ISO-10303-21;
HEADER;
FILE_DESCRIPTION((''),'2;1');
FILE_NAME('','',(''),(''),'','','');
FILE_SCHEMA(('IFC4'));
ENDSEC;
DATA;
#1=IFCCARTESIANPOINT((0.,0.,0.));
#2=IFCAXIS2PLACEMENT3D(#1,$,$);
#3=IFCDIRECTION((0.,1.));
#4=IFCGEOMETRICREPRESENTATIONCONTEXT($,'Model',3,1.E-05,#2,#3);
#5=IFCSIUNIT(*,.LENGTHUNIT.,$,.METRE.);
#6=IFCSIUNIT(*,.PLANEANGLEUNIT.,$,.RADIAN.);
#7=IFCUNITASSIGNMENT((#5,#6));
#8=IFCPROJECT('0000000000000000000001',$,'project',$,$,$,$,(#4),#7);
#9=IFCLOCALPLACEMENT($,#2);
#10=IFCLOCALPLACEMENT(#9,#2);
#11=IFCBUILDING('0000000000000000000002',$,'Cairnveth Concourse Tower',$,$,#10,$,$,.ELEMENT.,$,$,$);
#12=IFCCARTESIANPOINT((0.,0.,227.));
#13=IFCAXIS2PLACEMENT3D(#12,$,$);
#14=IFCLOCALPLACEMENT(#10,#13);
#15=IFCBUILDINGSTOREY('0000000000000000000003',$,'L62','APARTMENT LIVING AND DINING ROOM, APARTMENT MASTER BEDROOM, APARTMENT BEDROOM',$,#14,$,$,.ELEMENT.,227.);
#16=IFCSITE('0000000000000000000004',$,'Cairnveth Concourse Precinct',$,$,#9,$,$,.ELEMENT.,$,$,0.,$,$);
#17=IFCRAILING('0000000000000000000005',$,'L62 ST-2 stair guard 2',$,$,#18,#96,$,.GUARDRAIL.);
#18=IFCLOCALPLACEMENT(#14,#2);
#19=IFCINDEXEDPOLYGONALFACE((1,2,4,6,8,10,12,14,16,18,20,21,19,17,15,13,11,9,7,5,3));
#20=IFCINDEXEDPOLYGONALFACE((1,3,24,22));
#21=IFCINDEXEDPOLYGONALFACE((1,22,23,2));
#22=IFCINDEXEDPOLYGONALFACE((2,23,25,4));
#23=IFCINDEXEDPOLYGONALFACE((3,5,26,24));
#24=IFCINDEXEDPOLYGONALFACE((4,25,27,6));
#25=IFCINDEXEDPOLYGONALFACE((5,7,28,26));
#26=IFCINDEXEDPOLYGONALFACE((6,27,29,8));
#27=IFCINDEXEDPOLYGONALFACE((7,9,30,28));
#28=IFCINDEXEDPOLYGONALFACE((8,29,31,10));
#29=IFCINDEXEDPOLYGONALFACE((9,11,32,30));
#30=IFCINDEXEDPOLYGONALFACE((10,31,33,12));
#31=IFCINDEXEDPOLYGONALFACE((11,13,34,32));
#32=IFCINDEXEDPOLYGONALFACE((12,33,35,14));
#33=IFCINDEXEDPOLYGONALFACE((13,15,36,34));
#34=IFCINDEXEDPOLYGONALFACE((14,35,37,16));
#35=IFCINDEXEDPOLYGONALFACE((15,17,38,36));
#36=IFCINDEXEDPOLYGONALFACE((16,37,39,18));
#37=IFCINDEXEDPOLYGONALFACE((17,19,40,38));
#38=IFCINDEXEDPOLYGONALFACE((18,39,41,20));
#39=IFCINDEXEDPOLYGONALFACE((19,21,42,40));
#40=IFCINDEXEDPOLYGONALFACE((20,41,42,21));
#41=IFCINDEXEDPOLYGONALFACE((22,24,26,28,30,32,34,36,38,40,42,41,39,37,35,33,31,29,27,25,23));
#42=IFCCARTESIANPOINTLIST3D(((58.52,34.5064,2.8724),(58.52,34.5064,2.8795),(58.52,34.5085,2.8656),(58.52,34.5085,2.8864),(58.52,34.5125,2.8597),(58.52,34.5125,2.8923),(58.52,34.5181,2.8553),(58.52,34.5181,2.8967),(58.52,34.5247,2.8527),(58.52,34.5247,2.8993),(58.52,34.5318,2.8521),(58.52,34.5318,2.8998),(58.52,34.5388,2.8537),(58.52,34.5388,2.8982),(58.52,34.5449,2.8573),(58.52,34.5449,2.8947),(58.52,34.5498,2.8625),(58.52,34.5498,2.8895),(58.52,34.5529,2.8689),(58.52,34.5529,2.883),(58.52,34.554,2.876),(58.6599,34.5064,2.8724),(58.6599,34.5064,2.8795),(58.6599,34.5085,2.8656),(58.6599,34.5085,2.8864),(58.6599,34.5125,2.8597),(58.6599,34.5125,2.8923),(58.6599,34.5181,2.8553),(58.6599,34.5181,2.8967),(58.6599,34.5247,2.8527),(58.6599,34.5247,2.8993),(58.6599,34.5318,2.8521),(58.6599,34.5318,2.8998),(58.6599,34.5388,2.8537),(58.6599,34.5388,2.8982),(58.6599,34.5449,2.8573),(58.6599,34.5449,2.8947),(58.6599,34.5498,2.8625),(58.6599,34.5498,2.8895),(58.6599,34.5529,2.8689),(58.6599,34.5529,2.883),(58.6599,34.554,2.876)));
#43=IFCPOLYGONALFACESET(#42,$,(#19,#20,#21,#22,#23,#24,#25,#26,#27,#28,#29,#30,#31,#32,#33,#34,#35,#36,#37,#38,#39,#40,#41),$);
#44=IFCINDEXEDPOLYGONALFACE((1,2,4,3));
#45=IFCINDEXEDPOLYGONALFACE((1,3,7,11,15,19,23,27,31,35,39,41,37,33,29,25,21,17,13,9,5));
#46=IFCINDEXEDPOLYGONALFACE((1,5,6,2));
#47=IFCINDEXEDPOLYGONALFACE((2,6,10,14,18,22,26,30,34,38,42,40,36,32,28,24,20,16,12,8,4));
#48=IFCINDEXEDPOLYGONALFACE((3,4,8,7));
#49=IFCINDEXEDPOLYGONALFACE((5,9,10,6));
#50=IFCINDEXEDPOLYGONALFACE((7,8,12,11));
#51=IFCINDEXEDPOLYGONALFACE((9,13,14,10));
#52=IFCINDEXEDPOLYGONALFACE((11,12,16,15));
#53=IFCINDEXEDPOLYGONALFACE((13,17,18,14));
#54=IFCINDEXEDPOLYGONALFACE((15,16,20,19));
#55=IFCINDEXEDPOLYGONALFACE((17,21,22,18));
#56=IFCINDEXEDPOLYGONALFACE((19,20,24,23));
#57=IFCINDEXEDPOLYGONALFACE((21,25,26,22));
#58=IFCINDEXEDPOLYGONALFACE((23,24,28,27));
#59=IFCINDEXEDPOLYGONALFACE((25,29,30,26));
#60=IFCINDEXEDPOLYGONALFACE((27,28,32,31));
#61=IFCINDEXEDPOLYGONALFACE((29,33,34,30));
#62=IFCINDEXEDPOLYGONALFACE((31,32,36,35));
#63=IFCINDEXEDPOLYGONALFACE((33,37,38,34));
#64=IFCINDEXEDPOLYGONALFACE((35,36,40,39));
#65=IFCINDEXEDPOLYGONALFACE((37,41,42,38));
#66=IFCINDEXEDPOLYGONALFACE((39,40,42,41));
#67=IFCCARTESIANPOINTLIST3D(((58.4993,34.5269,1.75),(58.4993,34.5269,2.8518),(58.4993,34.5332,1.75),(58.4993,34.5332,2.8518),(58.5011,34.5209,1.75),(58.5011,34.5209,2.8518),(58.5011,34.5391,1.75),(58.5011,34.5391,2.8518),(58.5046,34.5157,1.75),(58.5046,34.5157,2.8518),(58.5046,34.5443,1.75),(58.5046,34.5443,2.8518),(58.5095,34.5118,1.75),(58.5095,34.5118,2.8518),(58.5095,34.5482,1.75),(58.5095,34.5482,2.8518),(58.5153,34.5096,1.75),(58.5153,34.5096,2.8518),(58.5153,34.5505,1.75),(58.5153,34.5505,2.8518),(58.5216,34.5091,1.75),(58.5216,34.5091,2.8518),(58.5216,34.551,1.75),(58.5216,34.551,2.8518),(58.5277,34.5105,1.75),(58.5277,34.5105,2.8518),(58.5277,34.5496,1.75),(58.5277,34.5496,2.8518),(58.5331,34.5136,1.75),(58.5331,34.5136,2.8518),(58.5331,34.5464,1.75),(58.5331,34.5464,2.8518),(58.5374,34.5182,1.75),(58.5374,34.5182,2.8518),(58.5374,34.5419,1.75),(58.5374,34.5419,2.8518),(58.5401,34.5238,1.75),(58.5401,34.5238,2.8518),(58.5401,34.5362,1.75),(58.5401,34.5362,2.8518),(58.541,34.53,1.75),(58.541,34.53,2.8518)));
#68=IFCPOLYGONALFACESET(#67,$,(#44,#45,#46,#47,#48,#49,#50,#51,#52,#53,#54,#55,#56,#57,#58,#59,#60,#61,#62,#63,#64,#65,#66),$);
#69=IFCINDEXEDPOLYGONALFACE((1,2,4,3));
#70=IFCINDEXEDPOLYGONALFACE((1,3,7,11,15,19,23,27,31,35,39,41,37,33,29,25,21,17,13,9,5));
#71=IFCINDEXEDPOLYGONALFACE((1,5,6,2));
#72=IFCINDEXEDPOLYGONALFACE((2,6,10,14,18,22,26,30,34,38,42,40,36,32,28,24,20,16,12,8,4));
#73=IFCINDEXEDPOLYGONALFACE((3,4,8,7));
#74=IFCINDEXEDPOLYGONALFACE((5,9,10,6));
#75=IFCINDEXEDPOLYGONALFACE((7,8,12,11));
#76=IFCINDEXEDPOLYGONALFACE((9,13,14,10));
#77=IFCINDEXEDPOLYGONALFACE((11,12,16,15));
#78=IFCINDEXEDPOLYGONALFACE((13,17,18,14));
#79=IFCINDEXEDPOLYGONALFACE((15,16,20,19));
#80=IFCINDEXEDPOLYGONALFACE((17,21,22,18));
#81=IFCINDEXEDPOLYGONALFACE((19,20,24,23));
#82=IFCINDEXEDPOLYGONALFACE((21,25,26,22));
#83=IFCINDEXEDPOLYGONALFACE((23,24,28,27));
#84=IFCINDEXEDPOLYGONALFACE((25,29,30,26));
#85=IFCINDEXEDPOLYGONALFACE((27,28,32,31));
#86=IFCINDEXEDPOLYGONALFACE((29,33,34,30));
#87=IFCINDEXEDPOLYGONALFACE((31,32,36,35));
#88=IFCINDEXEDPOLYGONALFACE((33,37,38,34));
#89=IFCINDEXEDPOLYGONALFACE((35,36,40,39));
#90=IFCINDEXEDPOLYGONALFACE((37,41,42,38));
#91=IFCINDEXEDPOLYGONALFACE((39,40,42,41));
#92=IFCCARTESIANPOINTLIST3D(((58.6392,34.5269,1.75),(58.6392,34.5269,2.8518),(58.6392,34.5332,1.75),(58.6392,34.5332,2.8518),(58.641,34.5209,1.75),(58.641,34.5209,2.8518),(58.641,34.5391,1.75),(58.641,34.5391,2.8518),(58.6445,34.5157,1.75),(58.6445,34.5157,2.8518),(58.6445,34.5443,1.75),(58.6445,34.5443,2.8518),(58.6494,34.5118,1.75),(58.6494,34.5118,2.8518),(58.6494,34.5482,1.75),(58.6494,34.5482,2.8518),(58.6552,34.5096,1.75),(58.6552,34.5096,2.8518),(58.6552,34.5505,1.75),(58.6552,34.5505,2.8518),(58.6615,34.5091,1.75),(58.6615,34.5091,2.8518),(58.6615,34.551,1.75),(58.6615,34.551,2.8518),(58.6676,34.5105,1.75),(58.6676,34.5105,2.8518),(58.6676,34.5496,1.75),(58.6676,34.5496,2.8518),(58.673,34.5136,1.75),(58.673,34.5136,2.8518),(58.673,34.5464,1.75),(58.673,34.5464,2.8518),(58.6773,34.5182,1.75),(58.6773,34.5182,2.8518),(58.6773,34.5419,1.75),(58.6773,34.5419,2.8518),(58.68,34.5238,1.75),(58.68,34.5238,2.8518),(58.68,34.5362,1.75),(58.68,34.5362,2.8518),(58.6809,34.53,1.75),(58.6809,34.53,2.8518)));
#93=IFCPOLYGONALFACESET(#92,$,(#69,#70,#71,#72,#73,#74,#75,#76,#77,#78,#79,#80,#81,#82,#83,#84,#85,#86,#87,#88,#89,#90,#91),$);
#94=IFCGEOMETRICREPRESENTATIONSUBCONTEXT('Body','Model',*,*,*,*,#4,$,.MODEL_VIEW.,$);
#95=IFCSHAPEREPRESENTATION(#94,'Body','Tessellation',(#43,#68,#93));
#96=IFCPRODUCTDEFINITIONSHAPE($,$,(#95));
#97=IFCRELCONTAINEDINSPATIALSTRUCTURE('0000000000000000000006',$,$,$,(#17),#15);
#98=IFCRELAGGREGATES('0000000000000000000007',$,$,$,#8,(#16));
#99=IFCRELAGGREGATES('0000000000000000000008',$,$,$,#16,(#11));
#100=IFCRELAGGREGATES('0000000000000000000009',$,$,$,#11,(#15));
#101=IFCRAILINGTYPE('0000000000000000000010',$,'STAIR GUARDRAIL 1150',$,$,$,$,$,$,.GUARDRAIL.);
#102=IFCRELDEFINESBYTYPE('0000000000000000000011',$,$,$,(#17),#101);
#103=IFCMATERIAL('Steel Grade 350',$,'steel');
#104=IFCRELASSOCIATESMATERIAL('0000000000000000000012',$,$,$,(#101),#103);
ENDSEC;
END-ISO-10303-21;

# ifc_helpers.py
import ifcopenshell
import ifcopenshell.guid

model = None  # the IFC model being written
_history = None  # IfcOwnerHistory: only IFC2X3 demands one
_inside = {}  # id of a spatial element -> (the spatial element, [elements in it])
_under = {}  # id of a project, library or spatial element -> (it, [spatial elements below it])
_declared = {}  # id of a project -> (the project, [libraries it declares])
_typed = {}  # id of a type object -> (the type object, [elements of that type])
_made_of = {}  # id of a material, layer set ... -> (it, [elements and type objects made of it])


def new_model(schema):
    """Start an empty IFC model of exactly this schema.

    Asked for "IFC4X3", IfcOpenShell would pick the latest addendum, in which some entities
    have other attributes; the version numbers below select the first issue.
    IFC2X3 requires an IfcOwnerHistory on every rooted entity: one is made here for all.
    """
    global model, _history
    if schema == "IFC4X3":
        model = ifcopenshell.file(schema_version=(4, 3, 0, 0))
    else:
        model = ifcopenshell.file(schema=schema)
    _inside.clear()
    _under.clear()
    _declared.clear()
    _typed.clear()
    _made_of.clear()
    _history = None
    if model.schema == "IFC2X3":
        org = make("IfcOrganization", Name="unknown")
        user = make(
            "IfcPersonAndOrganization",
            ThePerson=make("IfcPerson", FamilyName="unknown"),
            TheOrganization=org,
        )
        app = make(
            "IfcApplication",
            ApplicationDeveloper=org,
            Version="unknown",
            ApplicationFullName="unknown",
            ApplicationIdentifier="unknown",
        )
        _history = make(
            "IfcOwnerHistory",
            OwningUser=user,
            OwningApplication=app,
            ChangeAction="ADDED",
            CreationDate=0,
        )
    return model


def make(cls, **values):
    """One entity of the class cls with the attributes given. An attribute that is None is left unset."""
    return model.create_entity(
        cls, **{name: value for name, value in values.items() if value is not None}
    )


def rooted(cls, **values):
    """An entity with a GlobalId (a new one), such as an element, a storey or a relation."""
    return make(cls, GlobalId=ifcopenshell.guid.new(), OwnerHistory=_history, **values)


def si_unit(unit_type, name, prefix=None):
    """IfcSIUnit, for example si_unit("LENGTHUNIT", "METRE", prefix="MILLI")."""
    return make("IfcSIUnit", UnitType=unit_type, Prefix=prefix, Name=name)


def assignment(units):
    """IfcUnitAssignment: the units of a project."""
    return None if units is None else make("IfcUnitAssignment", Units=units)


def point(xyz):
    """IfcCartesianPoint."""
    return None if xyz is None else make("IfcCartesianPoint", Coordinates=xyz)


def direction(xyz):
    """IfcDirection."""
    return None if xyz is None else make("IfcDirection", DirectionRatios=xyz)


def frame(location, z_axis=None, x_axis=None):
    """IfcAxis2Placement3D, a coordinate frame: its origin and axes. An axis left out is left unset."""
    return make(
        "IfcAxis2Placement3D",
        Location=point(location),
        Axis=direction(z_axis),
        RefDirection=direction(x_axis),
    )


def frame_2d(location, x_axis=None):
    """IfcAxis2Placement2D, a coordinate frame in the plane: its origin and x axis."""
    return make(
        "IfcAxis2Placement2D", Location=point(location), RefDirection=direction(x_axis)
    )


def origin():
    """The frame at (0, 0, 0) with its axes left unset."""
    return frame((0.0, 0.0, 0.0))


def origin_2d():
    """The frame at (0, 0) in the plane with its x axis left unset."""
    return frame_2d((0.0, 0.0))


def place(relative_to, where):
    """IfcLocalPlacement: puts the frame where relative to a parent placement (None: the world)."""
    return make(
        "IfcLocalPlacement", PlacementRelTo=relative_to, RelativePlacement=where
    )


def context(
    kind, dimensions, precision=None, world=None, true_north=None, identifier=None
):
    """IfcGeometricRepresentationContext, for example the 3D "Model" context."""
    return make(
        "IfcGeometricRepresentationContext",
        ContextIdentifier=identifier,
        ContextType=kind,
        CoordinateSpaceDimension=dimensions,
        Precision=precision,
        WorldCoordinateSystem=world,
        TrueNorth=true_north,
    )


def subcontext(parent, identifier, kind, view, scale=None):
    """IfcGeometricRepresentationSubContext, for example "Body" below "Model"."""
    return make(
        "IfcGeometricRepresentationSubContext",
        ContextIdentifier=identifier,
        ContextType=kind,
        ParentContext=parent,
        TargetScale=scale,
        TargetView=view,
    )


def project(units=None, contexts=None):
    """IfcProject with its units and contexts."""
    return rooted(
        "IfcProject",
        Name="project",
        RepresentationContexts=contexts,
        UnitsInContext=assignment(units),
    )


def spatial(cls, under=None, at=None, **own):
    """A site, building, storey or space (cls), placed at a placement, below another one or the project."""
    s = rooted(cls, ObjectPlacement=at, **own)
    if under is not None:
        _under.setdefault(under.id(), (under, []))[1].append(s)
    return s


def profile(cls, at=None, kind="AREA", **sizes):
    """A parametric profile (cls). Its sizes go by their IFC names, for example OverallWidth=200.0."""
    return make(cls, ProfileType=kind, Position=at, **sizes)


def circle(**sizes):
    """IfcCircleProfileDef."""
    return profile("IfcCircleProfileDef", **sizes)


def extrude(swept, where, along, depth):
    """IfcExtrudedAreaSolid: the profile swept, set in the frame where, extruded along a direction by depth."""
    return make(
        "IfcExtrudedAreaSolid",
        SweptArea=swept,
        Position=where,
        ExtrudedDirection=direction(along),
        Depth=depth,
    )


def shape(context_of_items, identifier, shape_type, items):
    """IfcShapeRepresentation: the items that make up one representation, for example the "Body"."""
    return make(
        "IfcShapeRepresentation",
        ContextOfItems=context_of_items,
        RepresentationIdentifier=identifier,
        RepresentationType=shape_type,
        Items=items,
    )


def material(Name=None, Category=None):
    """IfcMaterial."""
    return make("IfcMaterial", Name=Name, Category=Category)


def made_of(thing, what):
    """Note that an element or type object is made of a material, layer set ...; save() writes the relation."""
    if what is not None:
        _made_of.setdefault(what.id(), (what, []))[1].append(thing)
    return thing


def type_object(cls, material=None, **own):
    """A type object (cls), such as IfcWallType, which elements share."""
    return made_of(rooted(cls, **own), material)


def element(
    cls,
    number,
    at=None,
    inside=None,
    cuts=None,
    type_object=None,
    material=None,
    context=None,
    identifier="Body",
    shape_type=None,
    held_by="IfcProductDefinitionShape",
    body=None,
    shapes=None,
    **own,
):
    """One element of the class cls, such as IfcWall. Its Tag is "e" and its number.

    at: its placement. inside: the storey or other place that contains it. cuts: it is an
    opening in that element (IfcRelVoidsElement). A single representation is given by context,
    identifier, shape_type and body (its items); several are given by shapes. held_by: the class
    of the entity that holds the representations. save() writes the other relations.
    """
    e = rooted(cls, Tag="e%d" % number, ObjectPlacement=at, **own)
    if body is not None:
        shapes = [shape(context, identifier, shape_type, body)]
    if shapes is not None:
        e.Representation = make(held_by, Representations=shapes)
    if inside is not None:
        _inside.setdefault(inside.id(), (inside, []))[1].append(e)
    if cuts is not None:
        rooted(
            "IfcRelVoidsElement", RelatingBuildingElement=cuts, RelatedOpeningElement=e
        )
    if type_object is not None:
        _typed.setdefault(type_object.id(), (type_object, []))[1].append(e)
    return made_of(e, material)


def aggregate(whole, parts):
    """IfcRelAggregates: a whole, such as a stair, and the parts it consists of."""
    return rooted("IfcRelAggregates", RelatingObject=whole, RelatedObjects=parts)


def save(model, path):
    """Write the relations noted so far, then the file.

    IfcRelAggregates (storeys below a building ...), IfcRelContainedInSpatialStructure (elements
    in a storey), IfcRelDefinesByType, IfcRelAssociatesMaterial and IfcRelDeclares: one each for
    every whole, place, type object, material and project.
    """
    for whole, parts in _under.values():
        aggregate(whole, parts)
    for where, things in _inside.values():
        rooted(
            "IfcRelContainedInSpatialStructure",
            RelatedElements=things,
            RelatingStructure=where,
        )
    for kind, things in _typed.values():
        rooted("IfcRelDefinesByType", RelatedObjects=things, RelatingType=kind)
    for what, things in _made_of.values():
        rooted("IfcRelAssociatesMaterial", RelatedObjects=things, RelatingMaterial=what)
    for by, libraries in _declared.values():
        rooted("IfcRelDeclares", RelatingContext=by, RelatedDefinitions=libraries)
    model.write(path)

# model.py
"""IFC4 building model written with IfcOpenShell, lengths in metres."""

from ifc_helpers import new_model, si_unit, direction, frame, origin, origin_2d, place, context, subcontext, project, spatial, circle, extrude, material, type_object, element, save


model = new_model("IFC4")

# Units and contexts
model_context = context("Model", 3, precision=1e-05, world=origin(), true_north=direction((0.0, 1.0)))
body_context = subcontext(model_context, "Body", "Model", "MODEL_VIEW")
ifc_project = project(units=[si_unit("LENGTHUNIT", "METRE"), si_unit("PLANEANGLEUNIT", "RADIAN")], contexts=[model_context])

# Site, building, storey
site_placement = place(None, origin())
site = spatial("IfcSite", under=ifc_project, at=site_placement, Name="Cairnveth Concourse Precinct", CompositionType="ELEMENT", RefElevation=0.0)
building_placement = place(site_placement, origin())
building = spatial("IfcBuilding", under=site, at=building_placement, Name="Cairnveth Concourse Tower", CompositionType="ELEMENT")
storey_placement = place(building_placement, frame((0.0, 0.0, 227.0)))
storey = spatial("IfcBuildingStorey", under=building, at=storey_placement, Name="L62", Description="APARTMENT LIVING AND DINING ROOM, APARTMENT MASTER BEDROOM, APARTMENT BEDROOM", CompositionType="ELEMENT", Elevation=227.0)

# Shared definitions
ifc_material_1 = material(Name="Steel Grade 350", Category="steel")

# Railing
railing_type_1 = type_object("IfcRailingType", Name="STAIR GUARDRAIL 1150", PredefinedType="GUARDRAIL", material=ifc_material_1)
railing_1_placement = place(storey_placement, frame((58.52, 34.53, 1.75)))
element("IfcRailing", 1, at=railing_1_placement, inside=storey, type_object=railing_type_1, Name="L62 ST-2 stair guard 2", PredefinedType="GUARDRAIL", context=body_context, shape_type="SweptSolid", body=[
    extrude(circle(Radius=0.0239, at=origin_2d()), frame((0.0, 0.0, 1.126), z_axis=(1.0, 0.0, 0.0), x_axis=(0.0, 1.0, 0.0)), (0.0, 0.0, 1.0), 0.1399),
    extrude(circle(Radius=0.021, at=origin_2d()), origin(), (0.0, 0.0, 1.0), 1.1018),
    extrude(circle(Radius=0.021, at=origin_2d()), frame((0.1399, 0.0, 0.0)), (0.0, 0.0, 1.0), 1.1018),
])

save(model, "model.ifc")
